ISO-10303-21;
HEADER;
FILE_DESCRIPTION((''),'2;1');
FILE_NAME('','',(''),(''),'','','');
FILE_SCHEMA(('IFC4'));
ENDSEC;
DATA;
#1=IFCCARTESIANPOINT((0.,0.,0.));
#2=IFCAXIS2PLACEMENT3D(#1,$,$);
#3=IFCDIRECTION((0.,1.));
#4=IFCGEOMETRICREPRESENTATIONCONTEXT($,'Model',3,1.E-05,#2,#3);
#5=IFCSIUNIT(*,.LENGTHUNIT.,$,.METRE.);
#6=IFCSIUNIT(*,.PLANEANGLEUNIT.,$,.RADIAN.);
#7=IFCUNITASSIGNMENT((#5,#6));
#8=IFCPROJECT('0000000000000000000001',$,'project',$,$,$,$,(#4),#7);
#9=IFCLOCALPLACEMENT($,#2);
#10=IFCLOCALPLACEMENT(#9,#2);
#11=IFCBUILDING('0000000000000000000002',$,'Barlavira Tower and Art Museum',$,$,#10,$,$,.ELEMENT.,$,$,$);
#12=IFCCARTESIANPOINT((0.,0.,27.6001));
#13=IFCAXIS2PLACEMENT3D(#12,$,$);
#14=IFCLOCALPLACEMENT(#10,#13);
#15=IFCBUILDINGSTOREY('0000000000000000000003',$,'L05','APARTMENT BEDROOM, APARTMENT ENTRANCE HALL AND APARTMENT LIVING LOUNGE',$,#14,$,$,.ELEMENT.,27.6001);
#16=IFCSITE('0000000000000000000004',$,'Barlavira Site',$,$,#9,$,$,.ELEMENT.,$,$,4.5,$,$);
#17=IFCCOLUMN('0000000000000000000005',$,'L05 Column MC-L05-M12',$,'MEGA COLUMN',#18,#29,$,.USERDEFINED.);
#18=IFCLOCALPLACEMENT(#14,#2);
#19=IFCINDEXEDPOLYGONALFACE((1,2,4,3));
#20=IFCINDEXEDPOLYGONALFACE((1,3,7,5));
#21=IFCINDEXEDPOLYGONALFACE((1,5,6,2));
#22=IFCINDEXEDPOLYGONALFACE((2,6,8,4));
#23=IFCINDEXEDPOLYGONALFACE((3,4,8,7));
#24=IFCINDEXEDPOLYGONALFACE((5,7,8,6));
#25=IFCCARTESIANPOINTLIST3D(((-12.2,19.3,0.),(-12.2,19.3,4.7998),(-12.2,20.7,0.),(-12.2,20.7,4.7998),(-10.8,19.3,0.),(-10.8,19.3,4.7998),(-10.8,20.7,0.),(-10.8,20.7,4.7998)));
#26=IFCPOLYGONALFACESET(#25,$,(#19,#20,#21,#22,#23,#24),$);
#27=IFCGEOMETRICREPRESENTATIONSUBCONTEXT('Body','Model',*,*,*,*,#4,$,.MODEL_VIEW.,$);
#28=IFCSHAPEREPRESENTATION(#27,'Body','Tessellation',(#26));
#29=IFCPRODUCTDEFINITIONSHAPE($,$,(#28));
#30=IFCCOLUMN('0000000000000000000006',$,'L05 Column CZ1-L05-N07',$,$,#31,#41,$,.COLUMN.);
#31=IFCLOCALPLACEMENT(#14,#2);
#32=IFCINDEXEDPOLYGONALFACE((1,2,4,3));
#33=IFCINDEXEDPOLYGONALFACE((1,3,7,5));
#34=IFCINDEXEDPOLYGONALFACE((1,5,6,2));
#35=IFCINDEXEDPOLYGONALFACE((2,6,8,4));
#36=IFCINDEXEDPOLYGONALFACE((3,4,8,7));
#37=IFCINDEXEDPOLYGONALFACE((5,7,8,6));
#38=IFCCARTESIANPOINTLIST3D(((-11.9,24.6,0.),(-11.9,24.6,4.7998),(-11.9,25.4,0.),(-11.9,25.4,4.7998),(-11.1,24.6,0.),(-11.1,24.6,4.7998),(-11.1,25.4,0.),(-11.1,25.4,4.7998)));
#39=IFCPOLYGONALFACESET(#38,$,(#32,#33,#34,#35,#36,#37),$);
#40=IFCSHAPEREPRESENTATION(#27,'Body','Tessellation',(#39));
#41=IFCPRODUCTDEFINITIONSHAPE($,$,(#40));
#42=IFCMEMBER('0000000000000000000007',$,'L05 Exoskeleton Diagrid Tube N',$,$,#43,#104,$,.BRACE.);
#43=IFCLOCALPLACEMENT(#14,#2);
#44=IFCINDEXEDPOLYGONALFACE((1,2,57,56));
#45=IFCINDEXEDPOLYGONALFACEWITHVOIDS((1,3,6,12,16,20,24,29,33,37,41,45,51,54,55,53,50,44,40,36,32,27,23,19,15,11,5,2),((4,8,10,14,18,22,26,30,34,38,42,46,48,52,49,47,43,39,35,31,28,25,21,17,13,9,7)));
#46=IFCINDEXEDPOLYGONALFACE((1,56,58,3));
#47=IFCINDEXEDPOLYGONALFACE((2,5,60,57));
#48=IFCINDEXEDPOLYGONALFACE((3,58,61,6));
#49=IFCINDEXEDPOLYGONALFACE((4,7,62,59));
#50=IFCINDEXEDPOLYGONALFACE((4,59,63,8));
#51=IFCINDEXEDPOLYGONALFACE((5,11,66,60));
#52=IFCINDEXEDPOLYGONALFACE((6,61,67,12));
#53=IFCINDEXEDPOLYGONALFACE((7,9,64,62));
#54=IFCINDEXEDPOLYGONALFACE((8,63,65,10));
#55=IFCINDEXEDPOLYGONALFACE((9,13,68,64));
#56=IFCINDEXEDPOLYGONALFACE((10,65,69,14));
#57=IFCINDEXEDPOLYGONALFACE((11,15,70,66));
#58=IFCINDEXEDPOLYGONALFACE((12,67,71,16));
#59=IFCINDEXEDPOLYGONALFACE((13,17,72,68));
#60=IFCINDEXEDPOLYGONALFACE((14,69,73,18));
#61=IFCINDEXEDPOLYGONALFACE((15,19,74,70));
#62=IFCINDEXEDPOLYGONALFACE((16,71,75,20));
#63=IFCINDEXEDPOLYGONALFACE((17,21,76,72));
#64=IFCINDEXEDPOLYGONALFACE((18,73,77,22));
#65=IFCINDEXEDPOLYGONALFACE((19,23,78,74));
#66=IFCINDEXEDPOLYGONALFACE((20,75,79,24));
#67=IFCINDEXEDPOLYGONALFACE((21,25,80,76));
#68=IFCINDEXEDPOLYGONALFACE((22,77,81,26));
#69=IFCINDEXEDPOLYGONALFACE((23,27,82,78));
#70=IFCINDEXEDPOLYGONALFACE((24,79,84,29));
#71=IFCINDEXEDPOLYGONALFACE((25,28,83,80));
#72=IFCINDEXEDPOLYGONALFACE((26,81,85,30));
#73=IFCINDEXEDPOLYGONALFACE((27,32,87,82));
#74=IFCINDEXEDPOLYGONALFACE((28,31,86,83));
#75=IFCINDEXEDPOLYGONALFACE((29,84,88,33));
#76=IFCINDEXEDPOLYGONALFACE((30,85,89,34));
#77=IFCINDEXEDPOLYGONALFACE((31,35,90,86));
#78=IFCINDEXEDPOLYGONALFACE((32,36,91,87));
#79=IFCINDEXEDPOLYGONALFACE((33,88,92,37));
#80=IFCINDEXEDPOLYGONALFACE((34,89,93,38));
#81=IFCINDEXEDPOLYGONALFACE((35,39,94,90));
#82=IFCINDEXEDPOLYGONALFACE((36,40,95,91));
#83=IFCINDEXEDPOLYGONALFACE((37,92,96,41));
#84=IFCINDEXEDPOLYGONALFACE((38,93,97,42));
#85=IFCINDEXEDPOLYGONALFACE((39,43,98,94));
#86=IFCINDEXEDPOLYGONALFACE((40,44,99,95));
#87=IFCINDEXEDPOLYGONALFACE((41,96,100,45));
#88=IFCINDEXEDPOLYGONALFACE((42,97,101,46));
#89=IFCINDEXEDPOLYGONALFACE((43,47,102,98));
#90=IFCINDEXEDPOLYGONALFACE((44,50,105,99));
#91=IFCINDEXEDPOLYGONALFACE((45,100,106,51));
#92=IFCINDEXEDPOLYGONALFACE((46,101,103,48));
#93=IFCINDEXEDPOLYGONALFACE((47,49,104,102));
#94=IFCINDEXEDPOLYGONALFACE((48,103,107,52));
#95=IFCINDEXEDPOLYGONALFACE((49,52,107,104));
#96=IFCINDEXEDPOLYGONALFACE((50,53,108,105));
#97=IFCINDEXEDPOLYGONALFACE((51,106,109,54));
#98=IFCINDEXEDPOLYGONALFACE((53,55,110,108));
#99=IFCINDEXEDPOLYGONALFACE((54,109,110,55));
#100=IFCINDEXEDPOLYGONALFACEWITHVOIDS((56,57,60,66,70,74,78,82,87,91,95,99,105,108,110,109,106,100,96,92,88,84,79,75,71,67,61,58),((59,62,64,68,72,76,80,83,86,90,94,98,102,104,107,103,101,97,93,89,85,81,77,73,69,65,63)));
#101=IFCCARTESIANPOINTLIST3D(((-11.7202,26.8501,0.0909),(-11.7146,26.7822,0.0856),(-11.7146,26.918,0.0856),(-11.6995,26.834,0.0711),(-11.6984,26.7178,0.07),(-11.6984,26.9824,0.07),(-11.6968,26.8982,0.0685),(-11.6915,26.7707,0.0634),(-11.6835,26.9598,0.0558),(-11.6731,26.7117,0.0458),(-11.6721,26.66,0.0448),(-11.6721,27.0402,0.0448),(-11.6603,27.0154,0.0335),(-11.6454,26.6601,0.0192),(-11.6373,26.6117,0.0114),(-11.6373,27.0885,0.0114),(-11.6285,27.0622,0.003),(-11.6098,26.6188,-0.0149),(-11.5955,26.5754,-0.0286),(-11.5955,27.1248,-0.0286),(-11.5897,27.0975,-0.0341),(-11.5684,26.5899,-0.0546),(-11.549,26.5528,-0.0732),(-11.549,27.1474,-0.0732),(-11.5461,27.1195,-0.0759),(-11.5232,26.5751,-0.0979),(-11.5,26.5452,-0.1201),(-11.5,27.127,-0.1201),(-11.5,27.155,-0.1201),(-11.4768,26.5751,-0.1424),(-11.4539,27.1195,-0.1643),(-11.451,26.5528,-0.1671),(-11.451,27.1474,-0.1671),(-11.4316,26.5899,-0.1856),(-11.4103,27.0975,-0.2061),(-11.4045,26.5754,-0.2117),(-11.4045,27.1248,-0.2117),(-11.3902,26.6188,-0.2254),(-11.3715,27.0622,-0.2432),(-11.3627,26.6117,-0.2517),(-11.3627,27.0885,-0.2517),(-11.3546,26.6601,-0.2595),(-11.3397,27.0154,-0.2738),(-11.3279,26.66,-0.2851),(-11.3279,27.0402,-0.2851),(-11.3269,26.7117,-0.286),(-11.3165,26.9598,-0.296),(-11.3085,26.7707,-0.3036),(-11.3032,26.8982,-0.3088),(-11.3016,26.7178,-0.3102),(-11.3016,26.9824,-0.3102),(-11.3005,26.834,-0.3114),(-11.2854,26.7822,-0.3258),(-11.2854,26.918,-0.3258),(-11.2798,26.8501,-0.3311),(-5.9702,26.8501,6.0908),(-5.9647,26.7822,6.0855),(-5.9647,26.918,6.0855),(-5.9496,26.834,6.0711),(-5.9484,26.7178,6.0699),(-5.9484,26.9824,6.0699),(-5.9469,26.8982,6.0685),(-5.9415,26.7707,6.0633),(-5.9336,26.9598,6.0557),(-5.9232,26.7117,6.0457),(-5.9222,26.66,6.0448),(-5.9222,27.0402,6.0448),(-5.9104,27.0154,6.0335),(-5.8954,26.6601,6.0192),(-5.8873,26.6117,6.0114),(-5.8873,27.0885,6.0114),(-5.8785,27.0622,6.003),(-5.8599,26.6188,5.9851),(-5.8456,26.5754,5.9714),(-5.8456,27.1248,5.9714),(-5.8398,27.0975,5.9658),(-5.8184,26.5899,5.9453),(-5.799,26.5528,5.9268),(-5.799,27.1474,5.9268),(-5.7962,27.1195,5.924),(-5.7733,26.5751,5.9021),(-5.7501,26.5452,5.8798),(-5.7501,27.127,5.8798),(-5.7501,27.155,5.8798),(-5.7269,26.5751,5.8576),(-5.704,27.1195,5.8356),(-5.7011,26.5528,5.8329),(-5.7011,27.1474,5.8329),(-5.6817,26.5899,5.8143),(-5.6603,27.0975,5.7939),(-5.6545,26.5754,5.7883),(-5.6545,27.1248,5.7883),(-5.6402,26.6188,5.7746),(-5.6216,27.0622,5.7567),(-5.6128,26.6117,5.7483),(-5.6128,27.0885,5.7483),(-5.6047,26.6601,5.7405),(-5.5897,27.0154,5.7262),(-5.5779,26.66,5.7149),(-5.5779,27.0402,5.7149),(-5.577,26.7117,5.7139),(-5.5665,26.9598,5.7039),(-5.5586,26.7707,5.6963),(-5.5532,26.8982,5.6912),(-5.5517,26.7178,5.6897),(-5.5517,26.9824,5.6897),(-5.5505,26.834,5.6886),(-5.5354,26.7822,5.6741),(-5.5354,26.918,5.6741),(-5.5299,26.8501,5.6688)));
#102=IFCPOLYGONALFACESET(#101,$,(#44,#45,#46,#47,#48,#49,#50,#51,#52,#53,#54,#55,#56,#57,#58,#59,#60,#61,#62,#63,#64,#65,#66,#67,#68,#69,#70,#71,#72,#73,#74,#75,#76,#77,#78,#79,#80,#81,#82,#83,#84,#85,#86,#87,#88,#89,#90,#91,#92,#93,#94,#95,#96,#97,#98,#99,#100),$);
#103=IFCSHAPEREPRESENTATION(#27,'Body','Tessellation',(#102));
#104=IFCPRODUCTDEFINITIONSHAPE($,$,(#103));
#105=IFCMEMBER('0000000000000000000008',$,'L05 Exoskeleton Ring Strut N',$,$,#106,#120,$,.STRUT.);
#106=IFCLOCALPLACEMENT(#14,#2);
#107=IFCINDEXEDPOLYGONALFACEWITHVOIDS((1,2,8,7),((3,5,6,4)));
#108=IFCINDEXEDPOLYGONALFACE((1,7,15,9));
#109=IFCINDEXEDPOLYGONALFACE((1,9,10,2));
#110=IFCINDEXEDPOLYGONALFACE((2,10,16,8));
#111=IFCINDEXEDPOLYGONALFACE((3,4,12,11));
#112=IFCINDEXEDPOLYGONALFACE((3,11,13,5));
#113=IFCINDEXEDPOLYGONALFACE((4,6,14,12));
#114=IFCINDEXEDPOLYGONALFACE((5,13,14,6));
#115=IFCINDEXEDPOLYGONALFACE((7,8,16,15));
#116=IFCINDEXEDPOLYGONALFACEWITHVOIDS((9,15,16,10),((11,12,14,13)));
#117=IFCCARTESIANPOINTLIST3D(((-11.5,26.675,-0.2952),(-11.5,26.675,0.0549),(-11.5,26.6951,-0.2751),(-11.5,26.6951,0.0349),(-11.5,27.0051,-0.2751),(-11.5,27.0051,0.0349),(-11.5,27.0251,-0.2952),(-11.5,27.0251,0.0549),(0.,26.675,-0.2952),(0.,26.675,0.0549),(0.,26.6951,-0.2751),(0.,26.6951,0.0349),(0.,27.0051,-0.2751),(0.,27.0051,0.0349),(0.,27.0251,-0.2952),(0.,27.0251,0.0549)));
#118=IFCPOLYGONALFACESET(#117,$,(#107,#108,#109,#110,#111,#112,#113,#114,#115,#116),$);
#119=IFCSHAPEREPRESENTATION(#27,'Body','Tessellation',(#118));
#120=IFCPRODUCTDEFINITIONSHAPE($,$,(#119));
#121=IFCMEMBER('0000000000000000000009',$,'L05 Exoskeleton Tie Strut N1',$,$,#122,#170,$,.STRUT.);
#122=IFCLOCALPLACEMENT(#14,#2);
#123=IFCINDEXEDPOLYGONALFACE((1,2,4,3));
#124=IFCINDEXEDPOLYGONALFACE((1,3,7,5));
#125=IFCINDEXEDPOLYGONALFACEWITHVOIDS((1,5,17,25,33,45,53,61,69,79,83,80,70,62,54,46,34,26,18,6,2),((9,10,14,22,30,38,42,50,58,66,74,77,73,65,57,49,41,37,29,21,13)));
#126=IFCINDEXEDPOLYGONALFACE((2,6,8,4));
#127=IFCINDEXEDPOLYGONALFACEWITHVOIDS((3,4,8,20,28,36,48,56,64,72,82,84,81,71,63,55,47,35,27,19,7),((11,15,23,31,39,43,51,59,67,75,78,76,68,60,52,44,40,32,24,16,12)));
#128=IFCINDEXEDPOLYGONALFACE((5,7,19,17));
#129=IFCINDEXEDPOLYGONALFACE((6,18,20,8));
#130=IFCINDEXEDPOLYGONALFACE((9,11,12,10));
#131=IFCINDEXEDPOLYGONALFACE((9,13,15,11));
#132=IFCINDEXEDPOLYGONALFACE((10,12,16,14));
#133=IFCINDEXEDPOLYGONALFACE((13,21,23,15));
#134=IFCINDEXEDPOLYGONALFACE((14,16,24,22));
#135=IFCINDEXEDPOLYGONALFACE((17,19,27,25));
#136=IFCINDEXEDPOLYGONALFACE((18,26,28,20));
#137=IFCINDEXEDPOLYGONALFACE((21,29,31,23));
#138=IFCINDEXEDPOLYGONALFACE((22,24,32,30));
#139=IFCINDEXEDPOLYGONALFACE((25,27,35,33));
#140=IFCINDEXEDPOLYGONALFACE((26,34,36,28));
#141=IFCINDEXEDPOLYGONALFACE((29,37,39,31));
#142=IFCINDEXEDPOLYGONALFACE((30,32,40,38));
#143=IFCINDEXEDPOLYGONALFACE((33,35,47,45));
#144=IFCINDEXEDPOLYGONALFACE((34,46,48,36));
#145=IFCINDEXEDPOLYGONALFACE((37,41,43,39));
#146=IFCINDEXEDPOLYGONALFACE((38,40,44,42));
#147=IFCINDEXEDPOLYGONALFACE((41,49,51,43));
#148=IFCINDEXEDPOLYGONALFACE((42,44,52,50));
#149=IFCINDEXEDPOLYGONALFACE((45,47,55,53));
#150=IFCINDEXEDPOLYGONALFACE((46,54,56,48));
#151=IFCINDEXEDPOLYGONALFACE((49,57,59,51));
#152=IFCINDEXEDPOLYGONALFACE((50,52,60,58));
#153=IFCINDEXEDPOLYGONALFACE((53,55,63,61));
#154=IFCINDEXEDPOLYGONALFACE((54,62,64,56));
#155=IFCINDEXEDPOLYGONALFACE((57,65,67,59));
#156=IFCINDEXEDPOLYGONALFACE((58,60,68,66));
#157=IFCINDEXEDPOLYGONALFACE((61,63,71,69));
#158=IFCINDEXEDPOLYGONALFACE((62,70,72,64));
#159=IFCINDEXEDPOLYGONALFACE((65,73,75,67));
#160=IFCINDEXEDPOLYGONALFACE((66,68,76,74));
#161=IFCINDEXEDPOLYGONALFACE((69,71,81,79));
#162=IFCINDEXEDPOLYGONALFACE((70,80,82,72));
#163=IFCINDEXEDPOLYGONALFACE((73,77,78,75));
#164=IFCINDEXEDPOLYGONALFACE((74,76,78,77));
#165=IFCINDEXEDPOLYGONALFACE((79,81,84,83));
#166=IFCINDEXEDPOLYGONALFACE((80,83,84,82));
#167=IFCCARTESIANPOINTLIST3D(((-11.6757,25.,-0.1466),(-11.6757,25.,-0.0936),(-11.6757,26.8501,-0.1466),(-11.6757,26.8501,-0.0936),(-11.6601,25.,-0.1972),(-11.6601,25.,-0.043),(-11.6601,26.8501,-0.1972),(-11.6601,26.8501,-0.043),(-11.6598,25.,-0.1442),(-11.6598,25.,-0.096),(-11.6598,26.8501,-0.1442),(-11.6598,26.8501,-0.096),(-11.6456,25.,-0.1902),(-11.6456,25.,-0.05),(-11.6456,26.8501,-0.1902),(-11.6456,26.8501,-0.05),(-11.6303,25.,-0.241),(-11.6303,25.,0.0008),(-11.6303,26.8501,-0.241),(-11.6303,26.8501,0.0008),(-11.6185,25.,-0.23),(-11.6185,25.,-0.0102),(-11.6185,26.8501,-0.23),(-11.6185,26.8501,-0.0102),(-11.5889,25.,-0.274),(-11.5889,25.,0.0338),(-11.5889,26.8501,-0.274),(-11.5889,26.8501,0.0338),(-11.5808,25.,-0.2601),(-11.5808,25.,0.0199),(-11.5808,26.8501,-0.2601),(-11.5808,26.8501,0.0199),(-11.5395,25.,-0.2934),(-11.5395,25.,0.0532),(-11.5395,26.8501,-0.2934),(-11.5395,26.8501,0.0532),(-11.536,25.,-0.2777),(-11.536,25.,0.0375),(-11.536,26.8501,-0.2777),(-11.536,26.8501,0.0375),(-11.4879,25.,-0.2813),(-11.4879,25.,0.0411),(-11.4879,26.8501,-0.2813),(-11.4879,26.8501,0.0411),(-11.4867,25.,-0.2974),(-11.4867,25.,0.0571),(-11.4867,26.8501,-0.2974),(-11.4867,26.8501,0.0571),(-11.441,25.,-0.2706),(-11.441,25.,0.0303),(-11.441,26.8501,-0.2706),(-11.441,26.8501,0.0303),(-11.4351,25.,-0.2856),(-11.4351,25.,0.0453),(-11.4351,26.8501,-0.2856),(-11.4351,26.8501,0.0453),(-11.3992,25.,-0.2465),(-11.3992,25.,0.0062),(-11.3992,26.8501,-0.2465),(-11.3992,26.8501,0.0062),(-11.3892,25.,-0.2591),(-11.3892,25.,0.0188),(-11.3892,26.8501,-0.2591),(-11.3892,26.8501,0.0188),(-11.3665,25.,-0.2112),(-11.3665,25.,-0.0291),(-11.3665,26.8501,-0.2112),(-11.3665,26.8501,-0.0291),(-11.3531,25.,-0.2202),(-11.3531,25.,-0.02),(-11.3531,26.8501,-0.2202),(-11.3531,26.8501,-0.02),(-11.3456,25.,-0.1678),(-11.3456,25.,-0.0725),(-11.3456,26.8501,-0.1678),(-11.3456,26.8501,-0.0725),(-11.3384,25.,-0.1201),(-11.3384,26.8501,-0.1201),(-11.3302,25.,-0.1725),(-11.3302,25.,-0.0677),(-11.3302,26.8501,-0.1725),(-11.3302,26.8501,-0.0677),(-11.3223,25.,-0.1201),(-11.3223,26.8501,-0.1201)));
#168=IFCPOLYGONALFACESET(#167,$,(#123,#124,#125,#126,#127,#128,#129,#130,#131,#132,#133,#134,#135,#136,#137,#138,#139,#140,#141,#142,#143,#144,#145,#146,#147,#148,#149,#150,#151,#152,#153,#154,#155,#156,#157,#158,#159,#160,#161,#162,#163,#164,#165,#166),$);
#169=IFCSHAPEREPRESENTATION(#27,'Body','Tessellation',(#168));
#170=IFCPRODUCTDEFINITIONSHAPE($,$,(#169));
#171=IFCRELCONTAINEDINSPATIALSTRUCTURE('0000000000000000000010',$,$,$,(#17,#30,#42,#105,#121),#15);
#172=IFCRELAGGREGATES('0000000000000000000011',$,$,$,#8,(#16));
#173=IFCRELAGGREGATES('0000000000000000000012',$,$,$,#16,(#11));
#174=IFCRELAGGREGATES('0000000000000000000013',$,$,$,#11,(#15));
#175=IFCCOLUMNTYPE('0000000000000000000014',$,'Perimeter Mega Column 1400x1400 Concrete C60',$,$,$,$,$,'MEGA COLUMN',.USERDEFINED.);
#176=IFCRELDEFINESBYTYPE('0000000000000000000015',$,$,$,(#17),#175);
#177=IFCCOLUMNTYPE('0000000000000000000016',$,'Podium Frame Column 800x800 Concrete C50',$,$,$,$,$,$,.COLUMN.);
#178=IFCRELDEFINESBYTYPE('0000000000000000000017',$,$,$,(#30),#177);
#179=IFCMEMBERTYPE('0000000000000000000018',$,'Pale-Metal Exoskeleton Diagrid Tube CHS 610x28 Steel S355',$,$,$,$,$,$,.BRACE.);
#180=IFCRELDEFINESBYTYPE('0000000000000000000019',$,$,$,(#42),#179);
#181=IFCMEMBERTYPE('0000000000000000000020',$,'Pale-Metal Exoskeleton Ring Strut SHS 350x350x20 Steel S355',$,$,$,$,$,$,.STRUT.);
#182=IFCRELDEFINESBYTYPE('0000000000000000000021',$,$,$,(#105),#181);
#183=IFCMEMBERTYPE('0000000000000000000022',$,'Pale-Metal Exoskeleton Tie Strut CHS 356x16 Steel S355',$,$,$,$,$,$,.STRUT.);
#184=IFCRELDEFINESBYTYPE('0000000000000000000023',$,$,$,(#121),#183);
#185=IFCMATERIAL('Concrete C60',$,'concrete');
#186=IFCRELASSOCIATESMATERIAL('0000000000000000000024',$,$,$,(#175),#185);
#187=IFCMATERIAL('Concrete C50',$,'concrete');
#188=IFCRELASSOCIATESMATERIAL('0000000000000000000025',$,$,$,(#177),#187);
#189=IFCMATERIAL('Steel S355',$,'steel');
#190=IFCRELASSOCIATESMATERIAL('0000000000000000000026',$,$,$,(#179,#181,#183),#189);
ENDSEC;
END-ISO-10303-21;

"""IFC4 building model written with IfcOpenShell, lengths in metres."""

from ifc_helpers import new_model, si_unit, direction, frame, origin, origin_2d, place, context, subcontext, project, spatial, rectangle, hollow_rectangle, hollow_circle, extrude, material, material_profile, profile_set, type_object, element, save


model = new_model("IFC4")

# Units and contexts
model_context = context("Model", 3, precision=1e-05, world=origin(), true_north=direction((0.0, 1.0)))
body_context = subcontext(model_context, "Body", "Model", "MODEL_VIEW")
ifc_project = project(units=[si_unit("LENGTHUNIT", "METRE"), si_unit("PLANEANGLEUNIT", "RADIAN")], contexts=[model_context])

# Site, building, storey
site_placement = place(None, origin())
site = spatial("IfcSite", under=ifc_project, at=site_placement, Name="Barlavira Site", CompositionType="ELEMENT", RefElevation=4.5)
building_placement = place(site_placement, origin())
building = spatial("IfcBuilding", under=site, at=building_placement, Name="Barlavira Tower and Art Museum", CompositionType="ELEMENT")
storey_placement = place(building_placement, frame((0.0, 0.0, 27.6001)))
storey = spatial("IfcBuildingStorey", under=building, at=storey_placement, Name="L05", Description="APARTMENT BEDROOM, APARTMENT ENTRANCE HALL AND APARTMENT LIVING LOUNGE", CompositionType="ELEMENT", Elevation=27.6001)

# Columns
ifc_material_1 = material(Name="Concrete C60", Category="concrete")
ifc_material_profile_1 = material_profile(ifc_material_1, rectangle(XDim=1.3999, YDim=1.3999, at=origin_2d()), Name="RC-MCOL 1400x1400")
ifc_profile_set_1 = profile_set([ifc_material_profile_1], Name="Concrete C60")
column_type_1 = type_object("IfcColumnType", Name="Perimeter Mega Column 1400x1400 Concrete C60", ElementType="MEGA COLUMN", PredefinedType="USERDEFINED", material=ifc_profile_set_1)
column_1_placement = place(storey_placement, frame((-11.5, 20.0, 0.0), z_axis=(0.0, 0.0, 1.0), x_axis=(1.0, 0.0, 0.0)))
element("IfcColumn", 1, at=column_1_placement, inside=storey, type_object=column_type_1, Name="L05 Column MC-L05-M12", ObjectType="MEGA COLUMN", PredefinedType="USERDEFINED", context=body_context, shape_type="SweptSolid", body=[
    extrude(rectangle(XDim=1.3999, YDim=1.3999, at=origin_2d()), origin(), (0.0, 0.0, 1.0), 4.7998),
])
ifc_material_2 = material(Name="Concrete C50", Category="concrete")
ifc_material_profile_2 = material_profile(ifc_material_2, rectangle(XDim=0.8, YDim=0.8, at=origin_2d()), Name="RC-COL 800x800")
ifc_profile_set_2 = profile_set([ifc_material_profile_2], Name="Concrete C50")
column_type_2 = type_object("IfcColumnType", Name="Podium Frame Column 800x800 Concrete C50", PredefinedType="COLUMN", material=ifc_profile_set_2)
column_2_placement = place(storey_placement, frame((-11.5, 25.0, 0.0), z_axis=(0.0, 0.0, 1.0), x_axis=(1.0, 0.0, 0.0)))
element("IfcColumn", 2, at=column_2_placement, inside=storey, type_object=column_type_2, Name="L05 Column CZ1-L05-N07", PredefinedType="COLUMN", context=body_context, shape_type="SweptSolid", body=[
    extrude(rectangle(XDim=0.8, YDim=0.8, at=origin_2d()), origin(), (0.0, 0.0, 1.0), 4.7998),
])

# Members
ifc_material_3 = material(Name="Steel S355", Category="steel")
ifc_material_profile_3 = material_profile(ifc_material_3, hollow_circle(Radius=0.3049, WallThickness=0.0281, at=origin_2d()), Name="CHS 610.0x28.0")
ifc_profile_set_3 = profile_set([ifc_material_profile_3], Name="Steel S355")
member_type_1 = type_object("IfcMemberType", Name="Pale-Metal Exoskeleton Diagrid Tube CHS 610x28 Steel S355", PredefinedType="BRACE", material=ifc_profile_set_3)
member_1_placement = place(storey_placement, frame((-11.5, 26.8501, -0.1201), z_axis=(0.691905, 0.0, 0.721988), x_axis=(0.0, 1.0, 0.0)))
element("IfcMember", 3, at=member_1_placement, inside=storey, type_object=member_type_1, Name="L05 Exoskeleton Diagrid Tube N", PredefinedType="BRACE", context=body_context, shape_type="SweptSolid", body=[
    extrude(hollow_circle(Radius=0.3049, WallThickness=0.0281, at=origin_2d()), origin(), (0.0, 0.0, 1.0), 8.3103),
])
ifc_material_profile_4 = material_profile(ifc_material_3, hollow_rectangle(XDim=0.3501, YDim=0.3501, WallThickness=0.02, at=origin_2d()), Name="SHS 350x350x20.0")
ifc_profile_set_4 = profile_set([ifc_material_profile_4], Name="Steel S355")
member_type_2 = type_object("IfcMemberType", Name="Pale-Metal Exoskeleton Ring Strut SHS 350x350x20 Steel S355", PredefinedType="STRUT", material=ifc_profile_set_4)
member_2_placement = place(storey_placement, frame((-11.5, 26.8501, -0.1201), z_axis=(1.0, 0.0, 0.0), x_axis=(0.0, 1.0, 0.0)))
element("IfcMember", 4, at=member_2_placement, inside=storey, type_object=member_type_2, Name="L05 Exoskeleton Ring Strut N", PredefinedType="STRUT", context=body_context, shape_type="SweptSolid", body=[
    extrude(hollow_rectangle(XDim=0.3501, YDim=0.3501, WallThickness=0.02, at=origin_2d()), origin(), (0.0, 0.0, 1.0), 11.5),
])
ifc_material_profile_5 = material_profile(ifc_material_3, hollow_circle(Radius=0.1777, WallThickness=0.0161, at=origin_2d()), Name="CHS 355.6x16.0")
ifc_profile_set_5 = profile_set([ifc_material_profile_5], Name="Steel S355")
member_type_3 = type_object("IfcMemberType", Name="Pale-Metal Exoskeleton Tie Strut CHS 356x16 Steel S355", PredefinedType="STRUT", material=ifc_profile_set_5)
member_3_placement = place(storey_placement, frame((-11.5, 26.8501, -0.1201), z_axis=(0.0, -1.0, 0.0), x_axis=(1.0, 0.0, 0.0)))
element("IfcMember", 5, at=member_3_placement, inside=storey, type_object=member_type_3, Name="L05 Exoskeleton Tie Strut N1", PredefinedType="STRUT", context=body_context, shape_type="SweptSolid", body=[
    extrude(hollow_circle(Radius=0.1777, WallThickness=0.0161, at=origin_2d()), origin(), (0.0, 0.0, 1.0), 1.8501),
])

save(model, "model.ifc")
